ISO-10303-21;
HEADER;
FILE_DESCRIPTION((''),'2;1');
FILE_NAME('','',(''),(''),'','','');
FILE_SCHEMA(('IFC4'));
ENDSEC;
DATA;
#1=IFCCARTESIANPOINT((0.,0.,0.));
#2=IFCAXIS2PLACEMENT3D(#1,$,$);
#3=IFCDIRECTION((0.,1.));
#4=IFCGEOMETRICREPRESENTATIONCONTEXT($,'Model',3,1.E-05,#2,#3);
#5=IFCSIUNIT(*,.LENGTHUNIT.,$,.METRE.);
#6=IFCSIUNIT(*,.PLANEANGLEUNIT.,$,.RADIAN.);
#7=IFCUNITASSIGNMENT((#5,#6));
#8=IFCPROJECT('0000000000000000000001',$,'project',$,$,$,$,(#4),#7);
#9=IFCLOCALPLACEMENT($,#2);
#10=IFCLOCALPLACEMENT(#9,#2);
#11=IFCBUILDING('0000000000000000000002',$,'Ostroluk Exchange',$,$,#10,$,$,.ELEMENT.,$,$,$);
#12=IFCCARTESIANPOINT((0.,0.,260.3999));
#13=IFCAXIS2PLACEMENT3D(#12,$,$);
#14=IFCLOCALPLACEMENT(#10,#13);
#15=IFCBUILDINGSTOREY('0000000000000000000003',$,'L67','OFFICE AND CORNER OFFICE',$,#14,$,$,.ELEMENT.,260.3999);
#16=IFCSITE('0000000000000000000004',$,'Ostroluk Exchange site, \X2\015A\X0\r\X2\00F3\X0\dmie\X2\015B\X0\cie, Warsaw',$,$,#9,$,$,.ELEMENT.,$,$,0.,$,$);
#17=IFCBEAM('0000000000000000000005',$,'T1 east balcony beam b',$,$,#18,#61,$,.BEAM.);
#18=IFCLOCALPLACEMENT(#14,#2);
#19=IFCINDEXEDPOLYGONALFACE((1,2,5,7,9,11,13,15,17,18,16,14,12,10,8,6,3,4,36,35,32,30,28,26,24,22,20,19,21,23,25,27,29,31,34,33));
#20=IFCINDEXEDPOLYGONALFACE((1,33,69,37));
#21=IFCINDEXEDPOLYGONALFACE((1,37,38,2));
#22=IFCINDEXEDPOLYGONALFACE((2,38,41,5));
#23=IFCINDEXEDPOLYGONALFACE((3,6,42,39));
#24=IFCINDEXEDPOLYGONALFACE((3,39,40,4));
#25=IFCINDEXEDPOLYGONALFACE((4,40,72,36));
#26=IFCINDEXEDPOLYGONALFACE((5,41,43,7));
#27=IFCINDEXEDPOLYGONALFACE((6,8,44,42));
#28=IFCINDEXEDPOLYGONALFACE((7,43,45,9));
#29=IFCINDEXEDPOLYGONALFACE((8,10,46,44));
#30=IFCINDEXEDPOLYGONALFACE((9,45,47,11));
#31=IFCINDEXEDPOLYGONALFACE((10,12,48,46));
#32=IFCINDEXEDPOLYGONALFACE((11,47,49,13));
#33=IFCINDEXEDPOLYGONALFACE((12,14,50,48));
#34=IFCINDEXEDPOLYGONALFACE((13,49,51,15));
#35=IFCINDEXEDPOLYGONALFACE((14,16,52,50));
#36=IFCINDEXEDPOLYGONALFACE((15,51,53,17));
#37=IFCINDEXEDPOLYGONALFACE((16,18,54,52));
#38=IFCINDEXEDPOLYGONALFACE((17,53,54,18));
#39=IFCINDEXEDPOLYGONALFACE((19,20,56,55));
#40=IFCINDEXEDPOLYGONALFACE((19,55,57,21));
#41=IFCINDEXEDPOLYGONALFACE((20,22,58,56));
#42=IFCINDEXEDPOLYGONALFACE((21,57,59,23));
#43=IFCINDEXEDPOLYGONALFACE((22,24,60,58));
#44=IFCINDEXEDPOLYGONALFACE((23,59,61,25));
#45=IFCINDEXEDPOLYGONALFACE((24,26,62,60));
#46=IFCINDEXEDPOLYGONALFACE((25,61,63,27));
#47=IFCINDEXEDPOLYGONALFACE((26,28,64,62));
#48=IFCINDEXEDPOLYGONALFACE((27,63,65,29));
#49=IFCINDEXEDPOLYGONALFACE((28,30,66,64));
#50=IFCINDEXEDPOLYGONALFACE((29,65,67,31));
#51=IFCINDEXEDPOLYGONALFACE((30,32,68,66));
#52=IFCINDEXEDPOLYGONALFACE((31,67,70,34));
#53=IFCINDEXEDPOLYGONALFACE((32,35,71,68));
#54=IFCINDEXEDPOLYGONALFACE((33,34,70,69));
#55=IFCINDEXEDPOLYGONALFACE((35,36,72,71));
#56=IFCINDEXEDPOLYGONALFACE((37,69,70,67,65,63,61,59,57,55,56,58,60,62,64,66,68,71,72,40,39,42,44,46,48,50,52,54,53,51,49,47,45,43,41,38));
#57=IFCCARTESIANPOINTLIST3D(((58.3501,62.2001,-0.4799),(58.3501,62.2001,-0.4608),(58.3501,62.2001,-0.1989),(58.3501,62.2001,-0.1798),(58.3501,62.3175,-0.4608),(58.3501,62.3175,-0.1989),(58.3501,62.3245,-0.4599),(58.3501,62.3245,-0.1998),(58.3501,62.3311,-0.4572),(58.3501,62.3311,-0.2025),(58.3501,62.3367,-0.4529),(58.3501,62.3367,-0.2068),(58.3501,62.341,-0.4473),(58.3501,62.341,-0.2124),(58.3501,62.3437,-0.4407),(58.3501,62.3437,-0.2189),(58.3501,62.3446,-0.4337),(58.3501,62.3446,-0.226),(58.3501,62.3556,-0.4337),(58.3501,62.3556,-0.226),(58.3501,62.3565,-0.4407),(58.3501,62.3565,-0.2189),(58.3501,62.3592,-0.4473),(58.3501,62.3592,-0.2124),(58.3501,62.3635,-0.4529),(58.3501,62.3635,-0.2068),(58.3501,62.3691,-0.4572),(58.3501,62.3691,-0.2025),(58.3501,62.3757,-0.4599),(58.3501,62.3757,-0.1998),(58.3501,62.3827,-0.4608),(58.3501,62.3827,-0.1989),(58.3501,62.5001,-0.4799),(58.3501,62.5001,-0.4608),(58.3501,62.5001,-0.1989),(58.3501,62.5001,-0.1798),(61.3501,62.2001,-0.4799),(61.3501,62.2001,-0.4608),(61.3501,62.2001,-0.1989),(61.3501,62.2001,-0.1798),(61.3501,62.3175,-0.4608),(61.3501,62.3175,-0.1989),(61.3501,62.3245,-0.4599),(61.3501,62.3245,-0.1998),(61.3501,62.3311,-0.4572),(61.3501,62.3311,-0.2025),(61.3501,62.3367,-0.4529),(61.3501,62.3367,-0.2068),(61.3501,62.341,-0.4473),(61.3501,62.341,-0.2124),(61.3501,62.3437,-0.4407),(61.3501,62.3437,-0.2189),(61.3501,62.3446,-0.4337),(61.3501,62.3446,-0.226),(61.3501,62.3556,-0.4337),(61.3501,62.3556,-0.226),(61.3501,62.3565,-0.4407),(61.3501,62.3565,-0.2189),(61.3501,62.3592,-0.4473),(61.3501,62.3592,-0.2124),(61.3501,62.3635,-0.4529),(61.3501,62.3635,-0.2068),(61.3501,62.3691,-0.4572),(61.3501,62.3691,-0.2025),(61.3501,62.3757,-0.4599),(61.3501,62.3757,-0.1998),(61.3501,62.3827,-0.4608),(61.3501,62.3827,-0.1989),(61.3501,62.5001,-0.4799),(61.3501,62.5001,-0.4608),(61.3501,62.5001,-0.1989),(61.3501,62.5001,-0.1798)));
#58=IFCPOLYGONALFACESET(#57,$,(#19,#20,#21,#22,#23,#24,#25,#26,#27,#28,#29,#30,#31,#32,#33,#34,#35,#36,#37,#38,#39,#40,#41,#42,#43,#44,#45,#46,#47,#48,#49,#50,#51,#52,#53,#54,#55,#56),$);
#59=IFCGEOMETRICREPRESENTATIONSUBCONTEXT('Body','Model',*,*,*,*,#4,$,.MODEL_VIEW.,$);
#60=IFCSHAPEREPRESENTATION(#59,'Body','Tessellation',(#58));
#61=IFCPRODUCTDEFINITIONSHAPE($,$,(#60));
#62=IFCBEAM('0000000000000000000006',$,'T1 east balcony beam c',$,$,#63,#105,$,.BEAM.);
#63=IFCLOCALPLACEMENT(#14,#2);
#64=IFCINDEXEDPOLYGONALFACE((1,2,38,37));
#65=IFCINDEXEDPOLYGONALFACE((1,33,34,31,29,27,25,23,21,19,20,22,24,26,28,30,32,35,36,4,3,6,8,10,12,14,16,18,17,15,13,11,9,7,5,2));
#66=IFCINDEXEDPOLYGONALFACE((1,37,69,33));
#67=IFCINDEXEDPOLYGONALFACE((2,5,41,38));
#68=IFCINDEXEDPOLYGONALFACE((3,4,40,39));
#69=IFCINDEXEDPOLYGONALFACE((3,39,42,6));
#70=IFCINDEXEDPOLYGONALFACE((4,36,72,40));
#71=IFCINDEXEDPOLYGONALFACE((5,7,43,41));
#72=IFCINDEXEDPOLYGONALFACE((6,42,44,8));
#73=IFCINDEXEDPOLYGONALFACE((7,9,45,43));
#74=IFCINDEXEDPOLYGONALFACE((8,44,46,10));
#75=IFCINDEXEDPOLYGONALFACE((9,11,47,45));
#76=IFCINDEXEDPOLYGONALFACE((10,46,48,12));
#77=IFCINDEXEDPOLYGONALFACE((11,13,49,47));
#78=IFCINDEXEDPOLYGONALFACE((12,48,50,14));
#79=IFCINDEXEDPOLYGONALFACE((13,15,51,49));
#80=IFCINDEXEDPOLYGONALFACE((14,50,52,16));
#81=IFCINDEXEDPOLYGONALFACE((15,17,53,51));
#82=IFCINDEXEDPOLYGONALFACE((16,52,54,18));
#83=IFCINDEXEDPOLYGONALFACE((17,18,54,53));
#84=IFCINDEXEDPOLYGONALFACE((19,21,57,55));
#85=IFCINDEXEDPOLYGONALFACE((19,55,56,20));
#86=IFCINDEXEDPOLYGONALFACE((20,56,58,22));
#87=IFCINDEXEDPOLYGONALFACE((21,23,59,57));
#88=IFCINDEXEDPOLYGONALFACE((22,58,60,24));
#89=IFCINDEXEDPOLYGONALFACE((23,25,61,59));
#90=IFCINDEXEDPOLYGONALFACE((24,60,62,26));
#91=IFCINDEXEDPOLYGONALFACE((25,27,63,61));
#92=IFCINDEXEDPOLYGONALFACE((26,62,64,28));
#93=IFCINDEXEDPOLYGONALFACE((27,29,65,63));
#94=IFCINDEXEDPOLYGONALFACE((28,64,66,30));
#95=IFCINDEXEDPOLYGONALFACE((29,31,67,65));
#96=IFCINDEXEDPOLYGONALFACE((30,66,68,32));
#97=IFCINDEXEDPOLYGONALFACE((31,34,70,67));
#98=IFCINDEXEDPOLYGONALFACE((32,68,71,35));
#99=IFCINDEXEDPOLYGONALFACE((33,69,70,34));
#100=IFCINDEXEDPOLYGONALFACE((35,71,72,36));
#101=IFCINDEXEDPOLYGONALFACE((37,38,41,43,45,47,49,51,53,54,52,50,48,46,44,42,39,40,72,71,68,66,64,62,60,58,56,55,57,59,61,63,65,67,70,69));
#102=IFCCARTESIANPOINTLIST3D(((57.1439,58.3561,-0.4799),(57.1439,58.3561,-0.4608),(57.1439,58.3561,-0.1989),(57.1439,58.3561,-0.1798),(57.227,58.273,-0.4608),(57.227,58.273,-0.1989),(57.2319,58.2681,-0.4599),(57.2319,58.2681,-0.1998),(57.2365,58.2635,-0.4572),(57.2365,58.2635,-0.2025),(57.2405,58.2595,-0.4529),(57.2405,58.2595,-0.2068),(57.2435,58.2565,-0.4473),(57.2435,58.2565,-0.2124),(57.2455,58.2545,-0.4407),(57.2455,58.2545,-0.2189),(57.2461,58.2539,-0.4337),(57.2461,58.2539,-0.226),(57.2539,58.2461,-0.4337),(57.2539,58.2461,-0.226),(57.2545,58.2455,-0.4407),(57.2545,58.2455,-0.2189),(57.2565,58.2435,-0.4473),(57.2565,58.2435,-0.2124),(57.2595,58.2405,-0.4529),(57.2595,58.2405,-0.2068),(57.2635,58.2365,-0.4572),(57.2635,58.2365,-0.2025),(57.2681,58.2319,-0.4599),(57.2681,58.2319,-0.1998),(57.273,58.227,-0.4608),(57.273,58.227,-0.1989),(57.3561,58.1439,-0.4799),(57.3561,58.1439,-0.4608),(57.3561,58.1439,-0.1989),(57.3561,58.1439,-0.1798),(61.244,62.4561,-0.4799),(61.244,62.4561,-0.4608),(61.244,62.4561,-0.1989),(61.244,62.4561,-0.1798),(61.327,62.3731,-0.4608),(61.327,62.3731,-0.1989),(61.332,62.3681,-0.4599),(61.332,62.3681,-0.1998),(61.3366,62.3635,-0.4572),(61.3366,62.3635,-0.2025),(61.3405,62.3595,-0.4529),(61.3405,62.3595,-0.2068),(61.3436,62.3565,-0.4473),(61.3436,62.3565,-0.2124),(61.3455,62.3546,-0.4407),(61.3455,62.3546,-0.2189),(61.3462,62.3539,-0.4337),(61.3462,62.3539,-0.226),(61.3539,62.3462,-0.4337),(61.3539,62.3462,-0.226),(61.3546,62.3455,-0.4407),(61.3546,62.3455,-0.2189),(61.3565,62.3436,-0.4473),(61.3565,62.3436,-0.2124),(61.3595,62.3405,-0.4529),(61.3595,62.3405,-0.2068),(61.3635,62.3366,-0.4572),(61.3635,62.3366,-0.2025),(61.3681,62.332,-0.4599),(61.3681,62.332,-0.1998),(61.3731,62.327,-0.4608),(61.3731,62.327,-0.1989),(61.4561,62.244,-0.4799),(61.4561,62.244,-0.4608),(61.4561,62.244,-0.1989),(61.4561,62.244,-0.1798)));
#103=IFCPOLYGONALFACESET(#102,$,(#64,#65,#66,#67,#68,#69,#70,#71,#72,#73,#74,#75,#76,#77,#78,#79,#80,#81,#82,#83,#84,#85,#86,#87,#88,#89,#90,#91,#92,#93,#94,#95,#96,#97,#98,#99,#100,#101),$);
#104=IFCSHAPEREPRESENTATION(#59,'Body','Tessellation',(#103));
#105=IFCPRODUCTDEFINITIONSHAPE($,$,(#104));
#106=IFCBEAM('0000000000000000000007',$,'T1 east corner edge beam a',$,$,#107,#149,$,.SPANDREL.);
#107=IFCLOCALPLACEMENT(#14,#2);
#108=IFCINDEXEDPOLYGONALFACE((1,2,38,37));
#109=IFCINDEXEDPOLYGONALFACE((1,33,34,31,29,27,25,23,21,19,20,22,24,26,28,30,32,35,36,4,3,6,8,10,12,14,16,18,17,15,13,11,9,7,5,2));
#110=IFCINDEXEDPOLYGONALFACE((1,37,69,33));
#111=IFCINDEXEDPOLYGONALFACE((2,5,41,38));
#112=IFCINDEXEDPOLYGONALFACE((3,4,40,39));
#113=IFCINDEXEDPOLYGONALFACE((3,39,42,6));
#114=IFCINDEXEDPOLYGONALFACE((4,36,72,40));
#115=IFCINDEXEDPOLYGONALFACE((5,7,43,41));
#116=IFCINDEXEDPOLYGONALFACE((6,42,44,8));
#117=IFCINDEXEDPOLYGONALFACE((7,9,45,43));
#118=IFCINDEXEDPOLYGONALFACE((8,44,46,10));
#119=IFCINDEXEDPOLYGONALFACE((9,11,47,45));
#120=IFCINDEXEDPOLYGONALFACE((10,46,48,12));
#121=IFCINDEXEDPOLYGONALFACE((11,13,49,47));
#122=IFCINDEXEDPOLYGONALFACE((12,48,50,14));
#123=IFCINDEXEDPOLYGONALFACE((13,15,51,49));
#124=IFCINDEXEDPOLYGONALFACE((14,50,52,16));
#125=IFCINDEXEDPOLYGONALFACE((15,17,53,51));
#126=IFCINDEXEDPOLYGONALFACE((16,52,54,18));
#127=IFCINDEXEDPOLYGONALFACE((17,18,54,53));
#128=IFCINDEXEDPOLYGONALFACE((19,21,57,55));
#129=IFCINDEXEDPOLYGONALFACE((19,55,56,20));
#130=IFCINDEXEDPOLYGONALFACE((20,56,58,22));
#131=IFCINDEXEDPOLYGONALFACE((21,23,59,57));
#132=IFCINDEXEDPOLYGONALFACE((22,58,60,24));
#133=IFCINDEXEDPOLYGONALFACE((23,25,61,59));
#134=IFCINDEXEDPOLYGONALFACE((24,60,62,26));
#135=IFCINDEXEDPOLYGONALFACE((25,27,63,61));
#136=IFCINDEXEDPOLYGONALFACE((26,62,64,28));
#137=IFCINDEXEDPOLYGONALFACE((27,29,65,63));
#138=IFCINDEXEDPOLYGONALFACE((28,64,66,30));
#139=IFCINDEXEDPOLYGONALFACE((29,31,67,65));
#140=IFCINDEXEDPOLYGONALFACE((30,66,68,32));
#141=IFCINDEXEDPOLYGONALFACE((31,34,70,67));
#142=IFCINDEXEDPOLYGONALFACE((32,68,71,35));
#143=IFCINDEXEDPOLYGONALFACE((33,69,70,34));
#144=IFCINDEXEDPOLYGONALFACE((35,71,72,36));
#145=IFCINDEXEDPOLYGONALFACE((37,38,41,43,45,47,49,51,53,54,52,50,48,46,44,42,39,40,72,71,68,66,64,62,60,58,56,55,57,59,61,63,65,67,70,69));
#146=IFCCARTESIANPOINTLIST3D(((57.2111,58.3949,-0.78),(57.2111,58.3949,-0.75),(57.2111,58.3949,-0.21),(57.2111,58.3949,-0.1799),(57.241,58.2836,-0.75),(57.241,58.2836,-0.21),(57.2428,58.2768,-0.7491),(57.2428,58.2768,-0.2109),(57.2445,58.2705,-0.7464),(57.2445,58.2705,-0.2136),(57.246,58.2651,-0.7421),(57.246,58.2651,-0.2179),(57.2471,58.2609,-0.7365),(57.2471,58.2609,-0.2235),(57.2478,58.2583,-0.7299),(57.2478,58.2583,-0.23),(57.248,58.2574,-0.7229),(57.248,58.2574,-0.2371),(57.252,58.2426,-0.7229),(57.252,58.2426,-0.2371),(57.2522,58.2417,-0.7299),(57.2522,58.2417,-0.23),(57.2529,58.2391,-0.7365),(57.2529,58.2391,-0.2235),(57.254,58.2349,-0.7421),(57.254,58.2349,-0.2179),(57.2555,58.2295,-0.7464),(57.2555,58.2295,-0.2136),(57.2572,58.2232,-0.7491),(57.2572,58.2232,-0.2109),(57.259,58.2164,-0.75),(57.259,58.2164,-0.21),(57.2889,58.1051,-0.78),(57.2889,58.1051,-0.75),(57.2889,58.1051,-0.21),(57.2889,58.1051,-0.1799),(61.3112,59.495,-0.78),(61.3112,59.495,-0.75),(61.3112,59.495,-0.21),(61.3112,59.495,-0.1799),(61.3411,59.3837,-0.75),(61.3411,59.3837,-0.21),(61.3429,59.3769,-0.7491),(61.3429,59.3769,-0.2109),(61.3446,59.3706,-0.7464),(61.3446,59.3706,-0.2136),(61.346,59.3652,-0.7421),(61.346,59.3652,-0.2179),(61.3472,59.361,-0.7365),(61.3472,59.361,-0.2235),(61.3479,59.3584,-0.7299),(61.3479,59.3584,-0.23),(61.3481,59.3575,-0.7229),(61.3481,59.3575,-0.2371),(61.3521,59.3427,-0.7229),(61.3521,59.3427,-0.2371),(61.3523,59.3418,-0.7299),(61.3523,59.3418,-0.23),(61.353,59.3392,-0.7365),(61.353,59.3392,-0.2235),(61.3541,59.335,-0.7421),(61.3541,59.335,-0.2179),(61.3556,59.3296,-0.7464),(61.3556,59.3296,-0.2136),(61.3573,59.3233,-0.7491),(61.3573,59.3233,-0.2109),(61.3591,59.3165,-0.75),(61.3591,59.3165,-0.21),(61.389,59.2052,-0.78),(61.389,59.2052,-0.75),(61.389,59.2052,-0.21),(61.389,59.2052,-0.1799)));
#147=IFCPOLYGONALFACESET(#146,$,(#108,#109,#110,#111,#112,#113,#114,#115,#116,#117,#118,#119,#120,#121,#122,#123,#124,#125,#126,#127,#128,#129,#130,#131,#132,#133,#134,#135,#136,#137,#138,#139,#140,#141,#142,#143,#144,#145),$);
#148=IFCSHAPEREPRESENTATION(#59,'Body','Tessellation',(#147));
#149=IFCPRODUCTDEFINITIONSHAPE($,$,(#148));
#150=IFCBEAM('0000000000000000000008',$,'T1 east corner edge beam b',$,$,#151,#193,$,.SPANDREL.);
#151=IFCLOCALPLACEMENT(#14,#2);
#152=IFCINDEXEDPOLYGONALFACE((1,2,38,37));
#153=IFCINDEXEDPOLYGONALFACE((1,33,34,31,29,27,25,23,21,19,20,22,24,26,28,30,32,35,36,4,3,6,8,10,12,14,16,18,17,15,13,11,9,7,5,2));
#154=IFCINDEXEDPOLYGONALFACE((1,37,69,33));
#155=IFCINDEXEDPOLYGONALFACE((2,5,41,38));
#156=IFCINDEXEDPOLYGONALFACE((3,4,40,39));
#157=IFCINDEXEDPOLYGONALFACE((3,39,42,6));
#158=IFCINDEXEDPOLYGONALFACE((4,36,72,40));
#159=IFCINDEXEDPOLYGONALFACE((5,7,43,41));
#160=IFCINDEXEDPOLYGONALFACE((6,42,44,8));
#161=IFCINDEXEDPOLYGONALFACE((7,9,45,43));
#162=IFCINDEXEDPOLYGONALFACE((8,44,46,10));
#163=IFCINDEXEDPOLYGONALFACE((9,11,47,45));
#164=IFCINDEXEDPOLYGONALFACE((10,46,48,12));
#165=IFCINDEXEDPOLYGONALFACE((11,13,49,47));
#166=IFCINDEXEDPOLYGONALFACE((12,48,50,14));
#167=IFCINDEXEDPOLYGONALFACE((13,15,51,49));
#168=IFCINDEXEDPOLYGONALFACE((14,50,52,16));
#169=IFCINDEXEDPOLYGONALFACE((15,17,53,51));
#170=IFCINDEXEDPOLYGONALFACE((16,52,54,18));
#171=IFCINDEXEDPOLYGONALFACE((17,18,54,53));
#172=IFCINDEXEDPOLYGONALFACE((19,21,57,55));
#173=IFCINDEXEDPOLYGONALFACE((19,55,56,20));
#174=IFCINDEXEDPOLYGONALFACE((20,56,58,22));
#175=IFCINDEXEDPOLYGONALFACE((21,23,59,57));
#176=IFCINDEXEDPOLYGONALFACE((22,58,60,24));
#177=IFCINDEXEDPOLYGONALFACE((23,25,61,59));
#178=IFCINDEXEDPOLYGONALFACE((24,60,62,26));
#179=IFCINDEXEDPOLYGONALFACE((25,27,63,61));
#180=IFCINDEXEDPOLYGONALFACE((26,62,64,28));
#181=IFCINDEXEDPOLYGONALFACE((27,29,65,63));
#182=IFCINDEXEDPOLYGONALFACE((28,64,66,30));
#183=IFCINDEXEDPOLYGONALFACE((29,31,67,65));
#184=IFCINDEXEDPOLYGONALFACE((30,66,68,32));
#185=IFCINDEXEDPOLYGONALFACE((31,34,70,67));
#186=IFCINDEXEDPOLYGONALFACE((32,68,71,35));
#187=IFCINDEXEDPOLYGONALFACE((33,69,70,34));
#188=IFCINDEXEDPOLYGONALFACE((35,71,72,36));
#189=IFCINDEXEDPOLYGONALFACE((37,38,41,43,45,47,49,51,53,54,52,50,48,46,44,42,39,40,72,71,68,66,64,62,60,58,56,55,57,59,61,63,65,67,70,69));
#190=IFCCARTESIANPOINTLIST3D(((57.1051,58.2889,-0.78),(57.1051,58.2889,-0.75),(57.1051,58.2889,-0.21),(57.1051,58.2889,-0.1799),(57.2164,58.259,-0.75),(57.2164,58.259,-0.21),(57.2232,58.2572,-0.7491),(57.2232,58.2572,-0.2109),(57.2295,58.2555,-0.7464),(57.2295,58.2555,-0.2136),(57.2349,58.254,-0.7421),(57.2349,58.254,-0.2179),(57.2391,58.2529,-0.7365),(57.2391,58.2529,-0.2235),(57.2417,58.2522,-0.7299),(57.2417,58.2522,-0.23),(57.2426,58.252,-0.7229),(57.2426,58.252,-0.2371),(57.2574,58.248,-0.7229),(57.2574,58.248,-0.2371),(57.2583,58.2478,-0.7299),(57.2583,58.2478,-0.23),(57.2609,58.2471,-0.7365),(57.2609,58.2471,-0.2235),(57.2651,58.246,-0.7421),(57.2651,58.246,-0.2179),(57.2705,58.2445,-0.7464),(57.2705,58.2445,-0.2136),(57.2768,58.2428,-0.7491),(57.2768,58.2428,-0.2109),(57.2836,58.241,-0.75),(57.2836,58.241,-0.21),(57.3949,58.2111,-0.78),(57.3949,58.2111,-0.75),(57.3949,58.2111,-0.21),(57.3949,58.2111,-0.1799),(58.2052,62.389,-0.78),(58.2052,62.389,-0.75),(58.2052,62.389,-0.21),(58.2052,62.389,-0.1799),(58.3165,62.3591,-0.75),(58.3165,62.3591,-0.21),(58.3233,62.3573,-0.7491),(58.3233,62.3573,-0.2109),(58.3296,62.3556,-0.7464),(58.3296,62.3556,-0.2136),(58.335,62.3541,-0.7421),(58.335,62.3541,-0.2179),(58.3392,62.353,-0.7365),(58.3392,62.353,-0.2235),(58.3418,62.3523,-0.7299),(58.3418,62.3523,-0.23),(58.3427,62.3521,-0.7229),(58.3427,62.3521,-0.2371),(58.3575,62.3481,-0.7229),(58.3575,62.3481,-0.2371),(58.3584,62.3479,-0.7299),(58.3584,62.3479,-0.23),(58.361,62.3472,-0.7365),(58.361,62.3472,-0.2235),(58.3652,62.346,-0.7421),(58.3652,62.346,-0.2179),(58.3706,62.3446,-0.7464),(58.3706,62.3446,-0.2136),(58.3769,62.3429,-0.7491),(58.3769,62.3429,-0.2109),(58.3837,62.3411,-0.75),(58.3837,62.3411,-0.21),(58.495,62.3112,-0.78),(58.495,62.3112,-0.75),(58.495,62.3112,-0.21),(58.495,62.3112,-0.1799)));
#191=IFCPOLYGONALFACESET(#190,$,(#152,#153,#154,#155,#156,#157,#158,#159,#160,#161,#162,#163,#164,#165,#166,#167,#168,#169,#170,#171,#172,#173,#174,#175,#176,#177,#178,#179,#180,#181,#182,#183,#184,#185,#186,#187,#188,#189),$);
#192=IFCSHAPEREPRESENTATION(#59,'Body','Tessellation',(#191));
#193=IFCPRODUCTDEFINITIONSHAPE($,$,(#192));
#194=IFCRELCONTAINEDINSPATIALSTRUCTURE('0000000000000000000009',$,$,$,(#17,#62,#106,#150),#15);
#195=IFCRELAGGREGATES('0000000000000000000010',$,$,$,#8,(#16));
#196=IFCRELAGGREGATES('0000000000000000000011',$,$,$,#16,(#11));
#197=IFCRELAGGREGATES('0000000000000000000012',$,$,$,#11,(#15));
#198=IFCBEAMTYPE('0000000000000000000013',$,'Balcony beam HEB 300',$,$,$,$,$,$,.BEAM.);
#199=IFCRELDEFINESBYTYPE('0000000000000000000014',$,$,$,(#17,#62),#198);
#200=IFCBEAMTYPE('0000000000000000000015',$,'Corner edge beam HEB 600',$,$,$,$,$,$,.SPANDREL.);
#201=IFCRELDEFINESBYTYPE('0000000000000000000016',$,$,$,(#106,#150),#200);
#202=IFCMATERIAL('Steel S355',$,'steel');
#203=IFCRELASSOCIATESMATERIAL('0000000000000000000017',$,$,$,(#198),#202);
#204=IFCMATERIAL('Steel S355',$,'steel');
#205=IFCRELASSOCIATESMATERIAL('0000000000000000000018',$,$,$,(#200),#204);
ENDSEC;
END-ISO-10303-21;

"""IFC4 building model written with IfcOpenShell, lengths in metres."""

from ifc_helpers import new_model, si_unit, direction, frame, origin, origin_2d, place, context, subcontext, project, spatial, i_section, extrude, material, material_profile, profile_set, type_object, element, save


model = new_model("IFC4")

# Units and contexts
model_context = context("Model", 3, precision=1e-05, world=origin(), true_north=direction((0.0, 1.0)))
body_context = subcontext(model_context, "Body", "Model", "MODEL_VIEW")
ifc_project = project(units=[si_unit("LENGTHUNIT", "METRE"), si_unit("PLANEANGLEUNIT", "RADIAN")], contexts=[model_context])

# Site, building, storey
site_placement = place(None, origin())
site = spatial("IfcSite", under=ifc_project, at=site_placement, Name="Ostroluk Exchange site, Śródmieście, Warsaw", CompositionType="ELEMENT", RefElevation=0.0)
building_placement = place(site_placement, origin())
building = spatial("IfcBuilding", under=site, at=building_placement, Name="Ostroluk Exchange", CompositionType="ELEMENT")
storey_placement = place(building_placement, frame((0.0, 0.0, 260.3999)))
storey = spatial("IfcBuildingStorey", under=building, at=storey_placement, Name="L67", Description="OFFICE AND CORNER OFFICE", CompositionType="ELEMENT", Elevation=260.3999)

# Beams
ifc_material_1 = material(Name="Steel S355", Category="steel")
ifc_material_profile_1 = material_profile(ifc_material_1, i_section(OverallWidth=0.3, OverallDepth=0.3, WebThickness=0.011, FlangeThickness=0.019, FilletRadius=0.0271, at=origin_2d()), Name="HEB 300")
ifc_profile_set_1 = profile_set([ifc_material_profile_1], Name="Steel S355")
beam_type_1 = type_object("IfcBeamType", Name="Balcony beam HEB 300", PredefinedType="BEAM", material=ifc_profile_set_1)
for number, where, z_axis, x_axis, name in (
    (1, (58.3501, 62.3501, -0.3298), (1.0, 0.0, 0.0), (0.0, 1.0, 0.0), "T1 east balcony beam b"),
):
    element("IfcBeam", number, at=place(storey_placement, frame(where, z_axis=z_axis, x_axis=x_axis)), inside=storey, type_object=beam_type_1, Name=name, PredefinedType="BEAM", context=body_context, shape_type="SweptSolid", body=[
        extrude(i_section(OverallWidth=0.3, OverallDepth=0.3, WebThickness=0.011, FlangeThickness=0.019, FilletRadius=0.0271, at=origin_2d()), origin(), (0.0, 0.0, 1.0), 3.0),
    ])
beam_1_placement = place(storey_placement, frame((57.25, 58.25, -0.3298), z_axis=(0.707107, 0.707107, 0.0), x_axis=(-0.707107, 0.707107, 0.0)))
element("IfcBeam", 2, at=beam_1_placement, inside=storey, type_object=beam_type_1, Name="T1 east balcony beam c", PredefinedType="BEAM", context=body_context, shape_type="SweptSolid", body=[
    extrude(i_section(OverallWidth=0.3, OverallDepth=0.3, WebThickness=0.011, FlangeThickness=0.019, FilletRadius=0.0271, at=origin_2d()), origin(), (0.0, 0.0, 1.0), 5.7983),
])
ifc_material_2 = material(Name="Steel S355", Category="steel")
ifc_material_profile_2 = material_profile(ifc_material_2, i_section(OverallWidth=0.3, OverallDepth=0.6001, WebThickness=0.0154, FlangeThickness=0.03, FilletRadius=0.0271, at=origin_2d()), Name="HEB 600")
ifc_profile_set_2 = profile_set([ifc_material_profile_2], Name="Steel S355")
beam_type_2 = type_object("IfcBeamType", Name="Corner edge beam HEB 600", PredefinedType="SPANDREL", material=ifc_profile_set_2)
for number, where, z_axis, x_axis, name in (
    (3, (57.25, 58.25, -0.48), (0.965839, 0.259144, 0.0), (-0.259144, 0.965839, 0.0), "T1 east corner edge beam a"),
    (4, (57.25, 58.25, -0.48), (0.259144, 0.965839, 0.0), (-0.965839, 0.259144, 0.0), "T1 east corner edge beam b"),
):
    element("IfcBeam", number, at=place(storey_placement, frame(where, z_axis=z_axis, x_axis=x_axis)), inside=storey, type_object=beam_type_2, Name=name, PredefinedType="SPANDREL", context=body_context, shape_type="SweptSolid", body=[
        extrude(i_section(OverallWidth=0.3, OverallDepth=0.6001, WebThickness=0.0154, FlangeThickness=0.03, FilletRadius=0.0271, at=origin_2d()), origin(), (0.0, 0.0, 1.0), 4.2451),
    ])

save(model, "model.ifc")
